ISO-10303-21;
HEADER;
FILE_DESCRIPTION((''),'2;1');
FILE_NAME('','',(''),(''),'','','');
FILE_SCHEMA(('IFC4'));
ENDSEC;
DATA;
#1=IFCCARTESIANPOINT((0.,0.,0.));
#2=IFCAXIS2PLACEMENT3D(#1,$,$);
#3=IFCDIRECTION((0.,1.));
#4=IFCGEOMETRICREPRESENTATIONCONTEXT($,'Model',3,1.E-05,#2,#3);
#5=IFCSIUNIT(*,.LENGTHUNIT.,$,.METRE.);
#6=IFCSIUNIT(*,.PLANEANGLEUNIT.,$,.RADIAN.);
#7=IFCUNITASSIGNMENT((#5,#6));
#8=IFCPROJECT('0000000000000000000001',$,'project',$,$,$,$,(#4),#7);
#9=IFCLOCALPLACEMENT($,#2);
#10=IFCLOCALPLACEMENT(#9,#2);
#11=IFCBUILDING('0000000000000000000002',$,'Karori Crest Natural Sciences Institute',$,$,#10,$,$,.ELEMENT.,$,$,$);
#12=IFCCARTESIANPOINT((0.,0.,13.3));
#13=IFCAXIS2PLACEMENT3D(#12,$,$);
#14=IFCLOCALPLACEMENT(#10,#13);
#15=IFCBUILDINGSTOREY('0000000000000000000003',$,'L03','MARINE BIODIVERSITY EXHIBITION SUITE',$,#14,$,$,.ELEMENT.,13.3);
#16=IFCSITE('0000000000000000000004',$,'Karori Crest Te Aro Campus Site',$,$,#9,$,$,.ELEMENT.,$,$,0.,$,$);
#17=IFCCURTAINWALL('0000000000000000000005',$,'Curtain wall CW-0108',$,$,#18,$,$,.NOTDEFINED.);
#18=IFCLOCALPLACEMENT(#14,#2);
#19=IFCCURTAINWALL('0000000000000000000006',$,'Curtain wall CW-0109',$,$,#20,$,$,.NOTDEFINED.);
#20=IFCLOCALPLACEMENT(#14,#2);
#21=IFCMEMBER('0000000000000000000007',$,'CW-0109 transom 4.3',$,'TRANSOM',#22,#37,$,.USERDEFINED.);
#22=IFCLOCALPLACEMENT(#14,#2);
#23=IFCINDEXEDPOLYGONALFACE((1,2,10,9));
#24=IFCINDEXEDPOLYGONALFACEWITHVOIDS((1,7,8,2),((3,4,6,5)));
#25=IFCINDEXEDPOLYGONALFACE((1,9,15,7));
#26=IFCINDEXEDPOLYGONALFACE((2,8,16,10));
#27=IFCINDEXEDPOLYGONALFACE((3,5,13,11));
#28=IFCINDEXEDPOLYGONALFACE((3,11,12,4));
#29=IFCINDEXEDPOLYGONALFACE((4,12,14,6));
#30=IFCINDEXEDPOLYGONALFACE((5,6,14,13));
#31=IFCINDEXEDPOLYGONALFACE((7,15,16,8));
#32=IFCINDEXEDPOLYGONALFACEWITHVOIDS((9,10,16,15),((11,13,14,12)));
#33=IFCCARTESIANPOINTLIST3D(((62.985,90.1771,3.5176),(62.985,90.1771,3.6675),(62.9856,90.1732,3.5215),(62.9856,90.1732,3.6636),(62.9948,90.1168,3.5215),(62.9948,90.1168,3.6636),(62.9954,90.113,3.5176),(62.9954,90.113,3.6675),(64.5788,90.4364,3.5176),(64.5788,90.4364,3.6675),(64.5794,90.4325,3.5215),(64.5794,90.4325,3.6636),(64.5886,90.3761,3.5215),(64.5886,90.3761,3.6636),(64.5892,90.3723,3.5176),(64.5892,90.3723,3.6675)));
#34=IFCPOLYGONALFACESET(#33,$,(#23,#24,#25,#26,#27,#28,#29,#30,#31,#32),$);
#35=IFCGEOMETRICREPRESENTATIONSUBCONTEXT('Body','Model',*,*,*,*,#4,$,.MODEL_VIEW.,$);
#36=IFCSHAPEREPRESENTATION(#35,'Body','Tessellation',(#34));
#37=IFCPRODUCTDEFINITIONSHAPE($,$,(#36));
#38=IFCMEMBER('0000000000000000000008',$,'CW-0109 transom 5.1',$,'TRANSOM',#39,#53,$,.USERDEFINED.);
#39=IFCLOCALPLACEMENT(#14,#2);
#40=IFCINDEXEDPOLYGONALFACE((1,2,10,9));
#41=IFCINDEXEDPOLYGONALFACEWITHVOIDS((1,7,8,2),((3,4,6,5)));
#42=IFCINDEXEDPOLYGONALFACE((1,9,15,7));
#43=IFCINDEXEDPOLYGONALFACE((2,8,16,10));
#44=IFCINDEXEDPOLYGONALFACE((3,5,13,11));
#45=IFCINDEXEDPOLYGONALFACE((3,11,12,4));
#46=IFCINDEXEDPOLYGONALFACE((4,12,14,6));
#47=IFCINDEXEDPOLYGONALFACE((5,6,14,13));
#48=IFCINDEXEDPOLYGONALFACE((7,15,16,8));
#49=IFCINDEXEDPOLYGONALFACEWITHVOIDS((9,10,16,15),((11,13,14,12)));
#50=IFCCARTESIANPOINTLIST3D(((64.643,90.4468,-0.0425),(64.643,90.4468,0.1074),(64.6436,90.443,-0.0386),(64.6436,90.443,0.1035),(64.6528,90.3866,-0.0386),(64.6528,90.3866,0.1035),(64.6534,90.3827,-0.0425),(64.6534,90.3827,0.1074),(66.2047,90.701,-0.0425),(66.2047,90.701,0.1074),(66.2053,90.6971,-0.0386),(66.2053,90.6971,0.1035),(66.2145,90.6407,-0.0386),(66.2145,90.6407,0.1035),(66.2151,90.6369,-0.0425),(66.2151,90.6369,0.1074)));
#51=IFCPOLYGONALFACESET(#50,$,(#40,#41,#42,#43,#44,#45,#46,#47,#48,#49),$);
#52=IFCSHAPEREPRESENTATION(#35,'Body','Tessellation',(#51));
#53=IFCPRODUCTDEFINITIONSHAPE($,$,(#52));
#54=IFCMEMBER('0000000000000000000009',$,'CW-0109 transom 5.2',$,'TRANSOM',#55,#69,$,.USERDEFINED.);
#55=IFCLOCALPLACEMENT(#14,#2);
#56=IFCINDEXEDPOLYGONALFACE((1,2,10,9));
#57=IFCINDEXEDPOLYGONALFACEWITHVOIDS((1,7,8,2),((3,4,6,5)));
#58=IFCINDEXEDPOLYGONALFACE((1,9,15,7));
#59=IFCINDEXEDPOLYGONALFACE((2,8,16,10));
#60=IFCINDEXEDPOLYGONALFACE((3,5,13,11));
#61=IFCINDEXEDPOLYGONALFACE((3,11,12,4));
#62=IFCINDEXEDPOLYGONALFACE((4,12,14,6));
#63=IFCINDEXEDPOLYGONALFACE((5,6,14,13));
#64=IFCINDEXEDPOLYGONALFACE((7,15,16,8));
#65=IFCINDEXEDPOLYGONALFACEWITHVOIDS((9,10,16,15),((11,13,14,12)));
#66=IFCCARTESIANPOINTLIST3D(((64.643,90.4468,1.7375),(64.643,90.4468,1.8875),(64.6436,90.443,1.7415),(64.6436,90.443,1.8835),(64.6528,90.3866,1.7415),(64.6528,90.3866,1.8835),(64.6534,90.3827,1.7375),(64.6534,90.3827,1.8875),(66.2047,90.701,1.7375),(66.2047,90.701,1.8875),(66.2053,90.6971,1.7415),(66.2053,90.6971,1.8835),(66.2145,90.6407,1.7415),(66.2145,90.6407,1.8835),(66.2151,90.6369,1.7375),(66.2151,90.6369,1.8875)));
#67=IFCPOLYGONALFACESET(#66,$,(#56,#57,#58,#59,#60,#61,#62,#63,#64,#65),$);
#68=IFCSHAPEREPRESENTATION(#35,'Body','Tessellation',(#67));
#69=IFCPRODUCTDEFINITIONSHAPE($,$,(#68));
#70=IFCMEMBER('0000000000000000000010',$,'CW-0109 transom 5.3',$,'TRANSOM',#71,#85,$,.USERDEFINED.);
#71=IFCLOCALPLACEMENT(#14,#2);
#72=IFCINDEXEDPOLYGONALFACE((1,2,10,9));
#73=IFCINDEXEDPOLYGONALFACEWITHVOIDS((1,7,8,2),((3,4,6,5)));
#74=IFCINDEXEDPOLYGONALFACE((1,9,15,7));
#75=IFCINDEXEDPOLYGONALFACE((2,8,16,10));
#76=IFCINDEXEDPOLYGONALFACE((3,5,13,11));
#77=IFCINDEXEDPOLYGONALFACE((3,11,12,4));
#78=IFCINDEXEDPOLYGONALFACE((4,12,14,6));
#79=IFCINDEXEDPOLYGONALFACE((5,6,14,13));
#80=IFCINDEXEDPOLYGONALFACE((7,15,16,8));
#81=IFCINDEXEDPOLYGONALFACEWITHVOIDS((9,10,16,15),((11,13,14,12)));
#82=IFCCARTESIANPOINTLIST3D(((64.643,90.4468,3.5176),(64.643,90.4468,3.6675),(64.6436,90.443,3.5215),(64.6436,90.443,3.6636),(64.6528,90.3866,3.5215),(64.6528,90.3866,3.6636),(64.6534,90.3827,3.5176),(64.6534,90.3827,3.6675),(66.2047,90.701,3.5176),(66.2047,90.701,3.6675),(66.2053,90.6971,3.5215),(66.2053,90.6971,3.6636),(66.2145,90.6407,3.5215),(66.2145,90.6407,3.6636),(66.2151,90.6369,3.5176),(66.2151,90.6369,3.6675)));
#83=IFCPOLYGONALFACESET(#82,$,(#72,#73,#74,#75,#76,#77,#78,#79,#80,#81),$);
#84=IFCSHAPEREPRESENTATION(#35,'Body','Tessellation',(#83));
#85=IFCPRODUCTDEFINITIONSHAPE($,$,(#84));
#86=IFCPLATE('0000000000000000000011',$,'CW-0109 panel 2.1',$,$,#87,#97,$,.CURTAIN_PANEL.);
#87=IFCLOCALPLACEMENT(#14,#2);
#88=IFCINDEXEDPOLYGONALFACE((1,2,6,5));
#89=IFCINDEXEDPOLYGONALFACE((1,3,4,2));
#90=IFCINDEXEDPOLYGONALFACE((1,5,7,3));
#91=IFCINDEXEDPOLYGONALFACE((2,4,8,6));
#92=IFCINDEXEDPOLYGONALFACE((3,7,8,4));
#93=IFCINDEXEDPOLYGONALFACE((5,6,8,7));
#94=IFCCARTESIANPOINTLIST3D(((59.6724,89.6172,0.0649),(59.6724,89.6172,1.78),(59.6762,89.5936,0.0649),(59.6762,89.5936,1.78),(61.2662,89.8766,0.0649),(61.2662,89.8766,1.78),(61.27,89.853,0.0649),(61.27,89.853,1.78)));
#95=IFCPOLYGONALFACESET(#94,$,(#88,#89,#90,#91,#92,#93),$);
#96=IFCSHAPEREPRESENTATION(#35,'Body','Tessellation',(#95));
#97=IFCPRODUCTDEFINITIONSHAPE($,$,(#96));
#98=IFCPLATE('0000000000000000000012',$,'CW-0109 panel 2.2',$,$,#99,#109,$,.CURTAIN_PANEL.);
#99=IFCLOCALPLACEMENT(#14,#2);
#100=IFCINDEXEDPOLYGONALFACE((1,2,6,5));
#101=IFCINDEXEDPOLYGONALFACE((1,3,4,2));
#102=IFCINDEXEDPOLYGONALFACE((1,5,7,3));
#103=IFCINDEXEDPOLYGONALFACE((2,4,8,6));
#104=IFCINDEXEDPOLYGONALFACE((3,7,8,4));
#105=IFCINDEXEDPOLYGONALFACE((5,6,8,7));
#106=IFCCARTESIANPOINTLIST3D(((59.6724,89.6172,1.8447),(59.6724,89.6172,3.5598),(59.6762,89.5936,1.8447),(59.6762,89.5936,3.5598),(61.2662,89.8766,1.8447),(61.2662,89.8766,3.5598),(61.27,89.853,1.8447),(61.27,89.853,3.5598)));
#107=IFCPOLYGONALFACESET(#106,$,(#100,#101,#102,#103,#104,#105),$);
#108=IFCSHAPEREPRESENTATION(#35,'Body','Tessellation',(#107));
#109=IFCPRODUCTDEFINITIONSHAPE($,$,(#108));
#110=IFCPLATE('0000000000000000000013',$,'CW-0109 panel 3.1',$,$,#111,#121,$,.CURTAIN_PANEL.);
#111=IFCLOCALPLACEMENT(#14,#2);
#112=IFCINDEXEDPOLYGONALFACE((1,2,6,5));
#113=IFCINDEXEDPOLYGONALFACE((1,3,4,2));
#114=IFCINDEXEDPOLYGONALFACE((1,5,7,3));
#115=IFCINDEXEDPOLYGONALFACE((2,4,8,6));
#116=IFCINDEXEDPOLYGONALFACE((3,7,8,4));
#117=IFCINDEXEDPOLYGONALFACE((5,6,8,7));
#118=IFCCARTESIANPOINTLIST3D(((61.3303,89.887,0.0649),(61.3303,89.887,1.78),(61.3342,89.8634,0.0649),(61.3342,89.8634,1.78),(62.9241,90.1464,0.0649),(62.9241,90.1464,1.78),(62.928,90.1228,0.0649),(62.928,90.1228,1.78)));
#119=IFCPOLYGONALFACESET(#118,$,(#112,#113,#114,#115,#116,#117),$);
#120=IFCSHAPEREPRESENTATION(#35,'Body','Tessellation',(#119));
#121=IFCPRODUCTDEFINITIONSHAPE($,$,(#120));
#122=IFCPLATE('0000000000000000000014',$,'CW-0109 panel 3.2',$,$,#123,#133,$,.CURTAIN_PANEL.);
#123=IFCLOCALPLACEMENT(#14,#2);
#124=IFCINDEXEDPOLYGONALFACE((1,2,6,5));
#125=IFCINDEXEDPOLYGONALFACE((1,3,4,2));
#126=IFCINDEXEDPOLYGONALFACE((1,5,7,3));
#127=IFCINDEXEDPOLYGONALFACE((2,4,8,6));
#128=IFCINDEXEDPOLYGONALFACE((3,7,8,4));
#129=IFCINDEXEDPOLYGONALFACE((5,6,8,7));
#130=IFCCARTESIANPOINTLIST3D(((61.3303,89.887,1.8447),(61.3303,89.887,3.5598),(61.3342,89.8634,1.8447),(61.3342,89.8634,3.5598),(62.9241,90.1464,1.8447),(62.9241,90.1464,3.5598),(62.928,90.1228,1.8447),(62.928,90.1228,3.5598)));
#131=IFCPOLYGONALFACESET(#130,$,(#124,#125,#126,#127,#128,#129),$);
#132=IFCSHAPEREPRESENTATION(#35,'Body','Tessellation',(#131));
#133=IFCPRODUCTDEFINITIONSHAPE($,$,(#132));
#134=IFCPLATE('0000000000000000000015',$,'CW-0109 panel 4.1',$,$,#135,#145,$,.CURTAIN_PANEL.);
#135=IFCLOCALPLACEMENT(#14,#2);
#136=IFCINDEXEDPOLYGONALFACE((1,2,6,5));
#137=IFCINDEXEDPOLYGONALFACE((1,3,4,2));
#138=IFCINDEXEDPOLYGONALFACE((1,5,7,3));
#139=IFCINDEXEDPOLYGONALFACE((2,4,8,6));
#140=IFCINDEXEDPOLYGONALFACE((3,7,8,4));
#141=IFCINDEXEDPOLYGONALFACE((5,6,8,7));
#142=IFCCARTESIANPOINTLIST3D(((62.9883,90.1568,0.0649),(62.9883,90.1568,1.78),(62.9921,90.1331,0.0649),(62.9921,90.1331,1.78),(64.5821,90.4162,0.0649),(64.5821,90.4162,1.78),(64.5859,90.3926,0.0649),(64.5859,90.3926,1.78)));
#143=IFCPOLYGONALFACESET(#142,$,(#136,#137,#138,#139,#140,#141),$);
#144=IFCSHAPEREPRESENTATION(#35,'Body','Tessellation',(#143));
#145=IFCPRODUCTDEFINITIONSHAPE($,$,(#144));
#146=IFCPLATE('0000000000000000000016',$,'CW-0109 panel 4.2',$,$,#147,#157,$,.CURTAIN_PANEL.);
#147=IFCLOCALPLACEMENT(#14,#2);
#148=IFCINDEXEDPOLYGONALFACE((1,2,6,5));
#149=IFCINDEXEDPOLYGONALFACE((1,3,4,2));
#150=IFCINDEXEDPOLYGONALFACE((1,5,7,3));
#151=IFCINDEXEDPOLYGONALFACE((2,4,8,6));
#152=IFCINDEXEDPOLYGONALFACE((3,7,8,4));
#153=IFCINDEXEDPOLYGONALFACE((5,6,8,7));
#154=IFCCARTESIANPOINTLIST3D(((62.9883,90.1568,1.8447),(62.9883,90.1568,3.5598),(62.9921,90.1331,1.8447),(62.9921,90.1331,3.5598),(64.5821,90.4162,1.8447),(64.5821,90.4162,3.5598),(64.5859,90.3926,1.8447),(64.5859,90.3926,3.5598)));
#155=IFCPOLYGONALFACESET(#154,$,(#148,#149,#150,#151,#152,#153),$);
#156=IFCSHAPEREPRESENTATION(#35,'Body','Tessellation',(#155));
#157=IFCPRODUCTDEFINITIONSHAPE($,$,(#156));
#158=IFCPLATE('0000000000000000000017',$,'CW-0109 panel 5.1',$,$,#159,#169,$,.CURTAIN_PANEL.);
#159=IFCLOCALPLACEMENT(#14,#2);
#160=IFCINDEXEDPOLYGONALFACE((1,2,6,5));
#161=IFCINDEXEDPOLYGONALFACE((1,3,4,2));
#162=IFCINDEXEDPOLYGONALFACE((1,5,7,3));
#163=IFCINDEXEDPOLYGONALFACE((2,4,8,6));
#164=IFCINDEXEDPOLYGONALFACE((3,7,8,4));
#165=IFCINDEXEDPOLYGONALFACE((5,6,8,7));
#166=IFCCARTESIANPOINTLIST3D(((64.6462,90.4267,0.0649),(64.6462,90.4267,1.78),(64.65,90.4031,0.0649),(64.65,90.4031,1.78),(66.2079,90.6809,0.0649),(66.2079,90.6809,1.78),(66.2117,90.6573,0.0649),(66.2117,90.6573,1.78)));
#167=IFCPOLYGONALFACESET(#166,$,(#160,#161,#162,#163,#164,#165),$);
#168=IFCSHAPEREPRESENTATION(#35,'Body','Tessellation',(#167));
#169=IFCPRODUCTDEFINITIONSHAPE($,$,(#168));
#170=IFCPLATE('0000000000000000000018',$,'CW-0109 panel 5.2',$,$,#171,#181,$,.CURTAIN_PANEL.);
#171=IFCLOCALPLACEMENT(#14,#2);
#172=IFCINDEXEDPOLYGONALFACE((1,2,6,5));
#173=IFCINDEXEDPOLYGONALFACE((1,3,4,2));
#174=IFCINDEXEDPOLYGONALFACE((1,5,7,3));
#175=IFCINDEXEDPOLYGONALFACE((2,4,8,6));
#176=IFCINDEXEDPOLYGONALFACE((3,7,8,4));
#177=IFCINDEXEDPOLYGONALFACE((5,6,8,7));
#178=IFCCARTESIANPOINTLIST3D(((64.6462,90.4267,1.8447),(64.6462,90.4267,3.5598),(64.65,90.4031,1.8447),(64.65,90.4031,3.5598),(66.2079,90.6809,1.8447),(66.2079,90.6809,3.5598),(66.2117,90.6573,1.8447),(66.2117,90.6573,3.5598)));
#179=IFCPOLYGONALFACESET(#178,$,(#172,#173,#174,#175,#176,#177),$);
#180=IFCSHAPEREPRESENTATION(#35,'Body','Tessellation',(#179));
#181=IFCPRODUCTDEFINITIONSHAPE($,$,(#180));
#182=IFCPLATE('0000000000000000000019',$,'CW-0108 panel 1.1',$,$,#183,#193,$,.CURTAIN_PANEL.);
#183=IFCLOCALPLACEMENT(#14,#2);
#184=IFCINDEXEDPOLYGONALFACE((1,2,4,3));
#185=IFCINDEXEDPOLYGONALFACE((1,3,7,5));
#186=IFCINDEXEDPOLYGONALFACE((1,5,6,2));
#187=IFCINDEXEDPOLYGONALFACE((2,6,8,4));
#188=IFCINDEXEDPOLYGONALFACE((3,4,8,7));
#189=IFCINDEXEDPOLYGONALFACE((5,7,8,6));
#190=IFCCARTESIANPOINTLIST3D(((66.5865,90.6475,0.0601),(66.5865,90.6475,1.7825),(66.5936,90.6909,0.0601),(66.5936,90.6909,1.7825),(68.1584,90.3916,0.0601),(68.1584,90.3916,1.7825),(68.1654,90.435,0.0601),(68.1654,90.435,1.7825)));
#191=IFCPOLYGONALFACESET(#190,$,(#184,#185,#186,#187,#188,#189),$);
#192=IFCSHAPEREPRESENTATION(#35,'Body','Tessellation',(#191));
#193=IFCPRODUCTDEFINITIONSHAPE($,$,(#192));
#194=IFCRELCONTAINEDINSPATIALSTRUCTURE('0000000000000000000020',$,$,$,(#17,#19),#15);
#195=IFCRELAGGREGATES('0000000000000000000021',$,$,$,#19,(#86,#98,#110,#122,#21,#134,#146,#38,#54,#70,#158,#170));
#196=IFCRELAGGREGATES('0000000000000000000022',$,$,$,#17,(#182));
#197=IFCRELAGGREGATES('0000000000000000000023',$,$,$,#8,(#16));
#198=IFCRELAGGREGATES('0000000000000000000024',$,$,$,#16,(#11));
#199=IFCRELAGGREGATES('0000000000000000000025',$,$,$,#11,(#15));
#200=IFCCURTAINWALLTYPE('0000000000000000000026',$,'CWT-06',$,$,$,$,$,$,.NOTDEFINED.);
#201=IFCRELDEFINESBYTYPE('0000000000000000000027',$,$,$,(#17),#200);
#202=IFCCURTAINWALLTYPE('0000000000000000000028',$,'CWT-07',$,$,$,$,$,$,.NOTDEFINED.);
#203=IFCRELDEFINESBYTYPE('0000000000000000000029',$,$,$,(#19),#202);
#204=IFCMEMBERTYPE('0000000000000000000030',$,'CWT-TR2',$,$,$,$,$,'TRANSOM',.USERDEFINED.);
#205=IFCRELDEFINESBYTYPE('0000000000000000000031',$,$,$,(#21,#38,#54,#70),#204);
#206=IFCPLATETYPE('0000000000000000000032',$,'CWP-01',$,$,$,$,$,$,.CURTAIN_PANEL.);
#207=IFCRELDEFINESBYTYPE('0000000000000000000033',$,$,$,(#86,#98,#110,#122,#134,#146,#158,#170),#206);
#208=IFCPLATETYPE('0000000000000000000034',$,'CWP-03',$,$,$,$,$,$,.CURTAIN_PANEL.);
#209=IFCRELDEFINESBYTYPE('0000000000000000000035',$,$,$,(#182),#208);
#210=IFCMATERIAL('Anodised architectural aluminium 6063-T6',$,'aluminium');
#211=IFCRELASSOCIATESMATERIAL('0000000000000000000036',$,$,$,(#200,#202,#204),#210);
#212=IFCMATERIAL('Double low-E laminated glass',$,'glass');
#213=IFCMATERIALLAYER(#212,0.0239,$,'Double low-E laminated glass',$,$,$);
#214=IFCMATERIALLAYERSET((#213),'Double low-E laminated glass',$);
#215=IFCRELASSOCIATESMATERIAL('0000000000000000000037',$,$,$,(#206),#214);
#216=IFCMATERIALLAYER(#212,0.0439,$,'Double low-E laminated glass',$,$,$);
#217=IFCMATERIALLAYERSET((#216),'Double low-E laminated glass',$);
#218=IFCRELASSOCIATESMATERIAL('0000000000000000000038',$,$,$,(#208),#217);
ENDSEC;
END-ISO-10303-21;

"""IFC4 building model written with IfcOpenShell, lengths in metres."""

from ifc_helpers import new_model, si_unit, direction, frame, origin, origin_2d, place, context, subcontext, project, spatial, rectangle, hollow_rectangle, extrude, material, layer, layer_set, material_profile, profile_set, type_object, element, aggregate, save


model = new_model("IFC4")

# Units and contexts
model_context = context("Model", 3, precision=1e-05, world=origin(), true_north=direction((0.0, 1.0)))
body_context = subcontext(model_context, "Body", "Model", "MODEL_VIEW")
ifc_project = project(units=[si_unit("LENGTHUNIT", "METRE"), si_unit("PLANEANGLEUNIT", "RADIAN")], contexts=[model_context])

# Site, building, storey
site_placement = place(None, origin())
site = spatial("IfcSite", under=ifc_project, at=site_placement, Name="Karori Crest Te Aro Campus Site", CompositionType="ELEMENT", RefElevation=0.0)
building_placement = place(site_placement, origin())
building = spatial("IfcBuilding", under=site, at=building_placement, Name="Karori Crest Natural Sciences Institute", CompositionType="ELEMENT")
storey_placement = place(building_placement, frame((0.0, 0.0, 13.3)))
storey = spatial("IfcBuildingStorey", under=building, at=storey_placement, Name="L03", Description="MARINE BIODIVERSITY EXHIBITION SUITE", CompositionType="ELEMENT", Elevation=13.3)

# Curtain walls
ifc_material_1 = material(Name="Anodised architectural aluminium 6063-T6", Category="aluminium")
curtain_wall_type_1 = type_object("IfcCurtainWallType", Name="CWT-06", PredefinedType="NOTDEFINED", material=ifc_material_1)
curtain_wall_1_placement = place(storey_placement, origin())
curtain_wall_1 = element("IfcCurtainWall", 1, at=curtain_wall_1_placement, inside=storey, type_object=curtain_wall_type_1, Name="Curtain wall CW-0108", PredefinedType="NOTDEFINED")
curtain_wall_type_2 = type_object("IfcCurtainWallType", Name="CWT-07", PredefinedType="NOTDEFINED", material=ifc_material_1)
curtain_wall_2_placement = place(storey_placement, origin())
curtain_wall_2 = element("IfcCurtainWall", 2, at=curtain_wall_2_placement, inside=storey, type_object=curtain_wall_type_2, Name="Curtain wall CW-0109", PredefinedType="NOTDEFINED")

# Members
ifc_material_profile_1 = material_profile(ifc_material_1, hollow_rectangle(XDim=0.0649, YDim=0.1499, WallThickness=0.0039, at=origin_2d()), Name="CWT150x65x4")
ifc_profile_set_1 = profile_set([ifc_material_profile_1], Name="Anodised architectural aluminium 6063-T6")
member_type_1 = type_object("IfcMemberType", Name="CWT-TR2", ElementType="TRANSOM", PredefinedType="USERDEFINED", material=ifc_profile_set_1)
member_1_placement = place(storey_placement, frame((62.9902, 90.145, 3.5925), z_axis=(0.987024, 0.160573, 0.0), x_axis=(-0.160573, 0.987024, 0.0)))
member_1 = element("IfcMember", 3, at=member_1_placement, type_object=member_type_1, Name="CW-0109 transom 4.3", ObjectType="TRANSOM", PredefinedType="USERDEFINED", context=body_context, shape_type="SweptSolid", body=[
    extrude(hollow_rectangle(XDim=0.0649, YDim=0.1499, WallThickness=0.0039, at=origin_2d()), origin(), (0.0, 0.0, 1.0), 1.6147),
])
member_2_placement = place(storey_placement, frame((64.6482, 90.4148, 0.0325), z_axis=(0.987016, 0.16062, 0.0), x_axis=(-0.16062, 0.987016, 0.0)))
member_2 = element("IfcMember", 4, at=member_2_placement, type_object=member_type_1, Name="CW-0109 transom 5.1", ObjectType="TRANSOM", PredefinedType="USERDEFINED", context=body_context, shape_type="SweptSolid", body=[
    extrude(hollow_rectangle(XDim=0.0649, YDim=0.1499, WallThickness=0.0039, at=origin_2d()), origin(), (0.0, 0.0, 1.0), 1.5823),
])
member_3_placement = place(storey_placement, frame((64.6482, 90.4148, 1.8125), z_axis=(0.987016, 0.16062, 0.0), x_axis=(-0.16062, 0.987016, 0.0)))
member_3 = element("IfcMember", 5, at=member_3_placement, type_object=member_type_1, Name="CW-0109 transom 5.2", ObjectType="TRANSOM", PredefinedType="USERDEFINED", context=body_context, shape_type="SweptSolid", body=[
    extrude(hollow_rectangle(XDim=0.0649, YDim=0.1499, WallThickness=0.0039, at=origin_2d()), origin(), (0.0, 0.0, 1.0), 1.5823),
])
member_4_placement = place(storey_placement, frame((64.6482, 90.4148, 3.5925), z_axis=(0.987016, 0.16062, 0.0), x_axis=(-0.16062, 0.987016, 0.0)))
member_4 = element("IfcMember", 6, at=member_4_placement, type_object=member_type_1, Name="CW-0109 transom 5.3", ObjectType="TRANSOM", PredefinedType="USERDEFINED", context=body_context, shape_type="SweptSolid", body=[
    extrude(hollow_rectangle(XDim=0.0649, YDim=0.1499, WallThickness=0.0039, at=origin_2d()), origin(), (0.0, 0.0, 1.0), 1.5823),
])

# Plates
ifc_material_2 = material(Name="Double low-E laminated glass", Category="glass")
ifc_layer_1 = layer(ifc_material_2, 0.0239, Name="Double low-E laminated glass")
ifc_layer_set_1 = layer_set([ifc_layer_1], Name="Double low-E laminated glass")
plate_type_1 = type_object("IfcPlateType", Name="CWP-01", PredefinedType="CURTAIN_PANEL", material=ifc_layer_set_1)
plate_1_placement = place(storey_placement, frame((60.4712, 89.7351, 0.0649), z_axis=(0.0, 0.0, 1.0), x_axis=(0.987011, 0.16065, 0.0)))
plate_1 = element("IfcPlate", 7, at=plate_1_placement, type_object=plate_type_1, Name="CW-0109 panel 2.1", PredefinedType="CURTAIN_PANEL", context=body_context, shape_type="SweptSolid", body=[
    extrude(rectangle(XDim=1.6147, YDim=0.0239, at=origin_2d()), origin(), (0.0, 0.0, 1.0), 1.7151),
])
plate_2_placement = place(storey_placement, frame((60.4712, 89.7351, 1.8447), z_axis=(0.0, 0.0, 1.0), x_axis=(0.987011, 0.16065, 0.0)))
plate_2 = element("IfcPlate", 8, at=plate_2_placement, type_object=plate_type_1, Name="CW-0109 panel 2.2", PredefinedType="CURTAIN_PANEL", context=body_context, shape_type="SweptSolid", body=[
    extrude(rectangle(XDim=1.6147, YDim=0.0239, at=origin_2d()), origin(), (0.0, 0.0, 1.0), 1.7151),
])
plate_3_placement = place(storey_placement, frame((62.1292, 90.0049, 0.0649), z_axis=(0.0, 0.0, 1.0), x_axis=(0.987011, 0.16065, 0.0)))
plate_3 = element("IfcPlate", 9, at=plate_3_placement, type_object=plate_type_1, Name="CW-0109 panel 3.1", PredefinedType="CURTAIN_PANEL", context=body_context, shape_type="SweptSolid", body=[
    extrude(rectangle(XDim=1.6147, YDim=0.0239, at=origin_2d()), origin(), (0.0, 0.0, 1.0), 1.7151),
])
plate_4_placement = place(storey_placement, frame((62.1292, 90.0049, 1.8447), z_axis=(0.0, 0.0, 1.0), x_axis=(0.987011, 0.16065, 0.0)))
plate_4 = element("IfcPlate", 10, at=plate_4_placement, type_object=plate_type_1, Name="CW-0109 panel 3.2", PredefinedType="CURTAIN_PANEL", context=body_context, shape_type="SweptSolid", body=[
    extrude(rectangle(XDim=1.6147, YDim=0.0239, at=origin_2d()), origin(), (0.0, 0.0, 1.0), 1.7151),
])
plate_5_placement = place(storey_placement, frame((63.7871, 90.2747, 0.0649), z_axis=(0.0, 0.0, 1.0), x_axis=(0.987011, 0.16065, 0.0)))
plate_5 = element("IfcPlate", 11, at=plate_5_placement, type_object=plate_type_1, Name="CW-0109 panel 4.1", PredefinedType="CURTAIN_PANEL", context=body_context, shape_type="SweptSolid", body=[
    extrude(rectangle(XDim=1.6147, YDim=0.0239, at=origin_2d()), origin(), (0.0, 0.0, 1.0), 1.7151),
])
plate_6_placement = place(storey_placement, frame((63.7871, 90.2747, 1.8447), z_axis=(0.0, 0.0, 1.0), x_axis=(0.987011, 0.16065, 0.0)))
plate_6 = element("IfcPlate", 12, at=plate_6_placement, type_object=plate_type_1, Name="CW-0109 panel 4.2", PredefinedType="CURTAIN_PANEL", context=body_context, shape_type="SweptSolid", body=[
    extrude(rectangle(XDim=1.6147, YDim=0.0239, at=origin_2d()), origin(), (0.0, 0.0, 1.0), 1.7151),
])
plate_7_placement = place(storey_placement, frame((65.429, 90.542, 0.0649), z_axis=(0.0, 0.0, 1.0), x_axis=(0.987011, 0.16065, 0.0)))
plate_7 = element("IfcPlate", 13, at=plate_7_placement, type_object=plate_type_1, Name="CW-0109 panel 5.1", PredefinedType="CURTAIN_PANEL", context=body_context, shape_type="SweptSolid", body=[
    extrude(rectangle(XDim=1.5823, YDim=0.0239, at=origin_2d()), origin(), (0.0, 0.0, 1.0), 1.7151),
])
plate_8_placement = place(storey_placement, frame((65.429, 90.542, 1.8447), z_axis=(0.0, 0.0, 1.0), x_axis=(0.987011, 0.16065, 0.0)))
plate_8 = element("IfcPlate", 14, at=plate_8_placement, type_object=plate_type_1, Name="CW-0109 panel 5.2", PredefinedType="CURTAIN_PANEL", context=body_context, shape_type="SweptSolid", body=[
    extrude(rectangle(XDim=1.5823, YDim=0.0239, at=origin_2d()), origin(), (0.0, 0.0, 1.0), 1.7151),
])
aggregate(curtain_wall_2, [plate_1, plate_2, plate_3, plate_4, member_1, plate_5, plate_6, member_2, member_3, member_4, plate_7, plate_8])
ifc_layer_2 = layer(ifc_material_2, 0.0439, Name="Double low-E laminated glass")
ifc_layer_set_2 = layer_set([ifc_layer_2], Name="Double low-E laminated glass")
plate_type_2 = type_object("IfcPlateType", Name="CWP-03", PredefinedType="CURTAIN_PANEL", material=ifc_layer_set_2)
plate_9_placement = place(storey_placement, frame((67.376, 90.5413, 0.0601), z_axis=(0.0, 0.0, 1.0), x_axis=(0.987011, -0.160655, 0.0)))
plate_9 = element("IfcPlate", 15, at=plate_9_placement, type_object=plate_type_2, Name="CW-0108 panel 1.1", PredefinedType="CURTAIN_PANEL", context=body_context, shape_type="SweptSolid", body=[
    extrude(rectangle(XDim=1.5925, YDim=0.0439, at=origin_2d()), origin(), (0.0, 0.0, 1.0), 1.7224),
])
aggregate(curtain_wall_1, [plate_9])

save(model, "model.ifc")
